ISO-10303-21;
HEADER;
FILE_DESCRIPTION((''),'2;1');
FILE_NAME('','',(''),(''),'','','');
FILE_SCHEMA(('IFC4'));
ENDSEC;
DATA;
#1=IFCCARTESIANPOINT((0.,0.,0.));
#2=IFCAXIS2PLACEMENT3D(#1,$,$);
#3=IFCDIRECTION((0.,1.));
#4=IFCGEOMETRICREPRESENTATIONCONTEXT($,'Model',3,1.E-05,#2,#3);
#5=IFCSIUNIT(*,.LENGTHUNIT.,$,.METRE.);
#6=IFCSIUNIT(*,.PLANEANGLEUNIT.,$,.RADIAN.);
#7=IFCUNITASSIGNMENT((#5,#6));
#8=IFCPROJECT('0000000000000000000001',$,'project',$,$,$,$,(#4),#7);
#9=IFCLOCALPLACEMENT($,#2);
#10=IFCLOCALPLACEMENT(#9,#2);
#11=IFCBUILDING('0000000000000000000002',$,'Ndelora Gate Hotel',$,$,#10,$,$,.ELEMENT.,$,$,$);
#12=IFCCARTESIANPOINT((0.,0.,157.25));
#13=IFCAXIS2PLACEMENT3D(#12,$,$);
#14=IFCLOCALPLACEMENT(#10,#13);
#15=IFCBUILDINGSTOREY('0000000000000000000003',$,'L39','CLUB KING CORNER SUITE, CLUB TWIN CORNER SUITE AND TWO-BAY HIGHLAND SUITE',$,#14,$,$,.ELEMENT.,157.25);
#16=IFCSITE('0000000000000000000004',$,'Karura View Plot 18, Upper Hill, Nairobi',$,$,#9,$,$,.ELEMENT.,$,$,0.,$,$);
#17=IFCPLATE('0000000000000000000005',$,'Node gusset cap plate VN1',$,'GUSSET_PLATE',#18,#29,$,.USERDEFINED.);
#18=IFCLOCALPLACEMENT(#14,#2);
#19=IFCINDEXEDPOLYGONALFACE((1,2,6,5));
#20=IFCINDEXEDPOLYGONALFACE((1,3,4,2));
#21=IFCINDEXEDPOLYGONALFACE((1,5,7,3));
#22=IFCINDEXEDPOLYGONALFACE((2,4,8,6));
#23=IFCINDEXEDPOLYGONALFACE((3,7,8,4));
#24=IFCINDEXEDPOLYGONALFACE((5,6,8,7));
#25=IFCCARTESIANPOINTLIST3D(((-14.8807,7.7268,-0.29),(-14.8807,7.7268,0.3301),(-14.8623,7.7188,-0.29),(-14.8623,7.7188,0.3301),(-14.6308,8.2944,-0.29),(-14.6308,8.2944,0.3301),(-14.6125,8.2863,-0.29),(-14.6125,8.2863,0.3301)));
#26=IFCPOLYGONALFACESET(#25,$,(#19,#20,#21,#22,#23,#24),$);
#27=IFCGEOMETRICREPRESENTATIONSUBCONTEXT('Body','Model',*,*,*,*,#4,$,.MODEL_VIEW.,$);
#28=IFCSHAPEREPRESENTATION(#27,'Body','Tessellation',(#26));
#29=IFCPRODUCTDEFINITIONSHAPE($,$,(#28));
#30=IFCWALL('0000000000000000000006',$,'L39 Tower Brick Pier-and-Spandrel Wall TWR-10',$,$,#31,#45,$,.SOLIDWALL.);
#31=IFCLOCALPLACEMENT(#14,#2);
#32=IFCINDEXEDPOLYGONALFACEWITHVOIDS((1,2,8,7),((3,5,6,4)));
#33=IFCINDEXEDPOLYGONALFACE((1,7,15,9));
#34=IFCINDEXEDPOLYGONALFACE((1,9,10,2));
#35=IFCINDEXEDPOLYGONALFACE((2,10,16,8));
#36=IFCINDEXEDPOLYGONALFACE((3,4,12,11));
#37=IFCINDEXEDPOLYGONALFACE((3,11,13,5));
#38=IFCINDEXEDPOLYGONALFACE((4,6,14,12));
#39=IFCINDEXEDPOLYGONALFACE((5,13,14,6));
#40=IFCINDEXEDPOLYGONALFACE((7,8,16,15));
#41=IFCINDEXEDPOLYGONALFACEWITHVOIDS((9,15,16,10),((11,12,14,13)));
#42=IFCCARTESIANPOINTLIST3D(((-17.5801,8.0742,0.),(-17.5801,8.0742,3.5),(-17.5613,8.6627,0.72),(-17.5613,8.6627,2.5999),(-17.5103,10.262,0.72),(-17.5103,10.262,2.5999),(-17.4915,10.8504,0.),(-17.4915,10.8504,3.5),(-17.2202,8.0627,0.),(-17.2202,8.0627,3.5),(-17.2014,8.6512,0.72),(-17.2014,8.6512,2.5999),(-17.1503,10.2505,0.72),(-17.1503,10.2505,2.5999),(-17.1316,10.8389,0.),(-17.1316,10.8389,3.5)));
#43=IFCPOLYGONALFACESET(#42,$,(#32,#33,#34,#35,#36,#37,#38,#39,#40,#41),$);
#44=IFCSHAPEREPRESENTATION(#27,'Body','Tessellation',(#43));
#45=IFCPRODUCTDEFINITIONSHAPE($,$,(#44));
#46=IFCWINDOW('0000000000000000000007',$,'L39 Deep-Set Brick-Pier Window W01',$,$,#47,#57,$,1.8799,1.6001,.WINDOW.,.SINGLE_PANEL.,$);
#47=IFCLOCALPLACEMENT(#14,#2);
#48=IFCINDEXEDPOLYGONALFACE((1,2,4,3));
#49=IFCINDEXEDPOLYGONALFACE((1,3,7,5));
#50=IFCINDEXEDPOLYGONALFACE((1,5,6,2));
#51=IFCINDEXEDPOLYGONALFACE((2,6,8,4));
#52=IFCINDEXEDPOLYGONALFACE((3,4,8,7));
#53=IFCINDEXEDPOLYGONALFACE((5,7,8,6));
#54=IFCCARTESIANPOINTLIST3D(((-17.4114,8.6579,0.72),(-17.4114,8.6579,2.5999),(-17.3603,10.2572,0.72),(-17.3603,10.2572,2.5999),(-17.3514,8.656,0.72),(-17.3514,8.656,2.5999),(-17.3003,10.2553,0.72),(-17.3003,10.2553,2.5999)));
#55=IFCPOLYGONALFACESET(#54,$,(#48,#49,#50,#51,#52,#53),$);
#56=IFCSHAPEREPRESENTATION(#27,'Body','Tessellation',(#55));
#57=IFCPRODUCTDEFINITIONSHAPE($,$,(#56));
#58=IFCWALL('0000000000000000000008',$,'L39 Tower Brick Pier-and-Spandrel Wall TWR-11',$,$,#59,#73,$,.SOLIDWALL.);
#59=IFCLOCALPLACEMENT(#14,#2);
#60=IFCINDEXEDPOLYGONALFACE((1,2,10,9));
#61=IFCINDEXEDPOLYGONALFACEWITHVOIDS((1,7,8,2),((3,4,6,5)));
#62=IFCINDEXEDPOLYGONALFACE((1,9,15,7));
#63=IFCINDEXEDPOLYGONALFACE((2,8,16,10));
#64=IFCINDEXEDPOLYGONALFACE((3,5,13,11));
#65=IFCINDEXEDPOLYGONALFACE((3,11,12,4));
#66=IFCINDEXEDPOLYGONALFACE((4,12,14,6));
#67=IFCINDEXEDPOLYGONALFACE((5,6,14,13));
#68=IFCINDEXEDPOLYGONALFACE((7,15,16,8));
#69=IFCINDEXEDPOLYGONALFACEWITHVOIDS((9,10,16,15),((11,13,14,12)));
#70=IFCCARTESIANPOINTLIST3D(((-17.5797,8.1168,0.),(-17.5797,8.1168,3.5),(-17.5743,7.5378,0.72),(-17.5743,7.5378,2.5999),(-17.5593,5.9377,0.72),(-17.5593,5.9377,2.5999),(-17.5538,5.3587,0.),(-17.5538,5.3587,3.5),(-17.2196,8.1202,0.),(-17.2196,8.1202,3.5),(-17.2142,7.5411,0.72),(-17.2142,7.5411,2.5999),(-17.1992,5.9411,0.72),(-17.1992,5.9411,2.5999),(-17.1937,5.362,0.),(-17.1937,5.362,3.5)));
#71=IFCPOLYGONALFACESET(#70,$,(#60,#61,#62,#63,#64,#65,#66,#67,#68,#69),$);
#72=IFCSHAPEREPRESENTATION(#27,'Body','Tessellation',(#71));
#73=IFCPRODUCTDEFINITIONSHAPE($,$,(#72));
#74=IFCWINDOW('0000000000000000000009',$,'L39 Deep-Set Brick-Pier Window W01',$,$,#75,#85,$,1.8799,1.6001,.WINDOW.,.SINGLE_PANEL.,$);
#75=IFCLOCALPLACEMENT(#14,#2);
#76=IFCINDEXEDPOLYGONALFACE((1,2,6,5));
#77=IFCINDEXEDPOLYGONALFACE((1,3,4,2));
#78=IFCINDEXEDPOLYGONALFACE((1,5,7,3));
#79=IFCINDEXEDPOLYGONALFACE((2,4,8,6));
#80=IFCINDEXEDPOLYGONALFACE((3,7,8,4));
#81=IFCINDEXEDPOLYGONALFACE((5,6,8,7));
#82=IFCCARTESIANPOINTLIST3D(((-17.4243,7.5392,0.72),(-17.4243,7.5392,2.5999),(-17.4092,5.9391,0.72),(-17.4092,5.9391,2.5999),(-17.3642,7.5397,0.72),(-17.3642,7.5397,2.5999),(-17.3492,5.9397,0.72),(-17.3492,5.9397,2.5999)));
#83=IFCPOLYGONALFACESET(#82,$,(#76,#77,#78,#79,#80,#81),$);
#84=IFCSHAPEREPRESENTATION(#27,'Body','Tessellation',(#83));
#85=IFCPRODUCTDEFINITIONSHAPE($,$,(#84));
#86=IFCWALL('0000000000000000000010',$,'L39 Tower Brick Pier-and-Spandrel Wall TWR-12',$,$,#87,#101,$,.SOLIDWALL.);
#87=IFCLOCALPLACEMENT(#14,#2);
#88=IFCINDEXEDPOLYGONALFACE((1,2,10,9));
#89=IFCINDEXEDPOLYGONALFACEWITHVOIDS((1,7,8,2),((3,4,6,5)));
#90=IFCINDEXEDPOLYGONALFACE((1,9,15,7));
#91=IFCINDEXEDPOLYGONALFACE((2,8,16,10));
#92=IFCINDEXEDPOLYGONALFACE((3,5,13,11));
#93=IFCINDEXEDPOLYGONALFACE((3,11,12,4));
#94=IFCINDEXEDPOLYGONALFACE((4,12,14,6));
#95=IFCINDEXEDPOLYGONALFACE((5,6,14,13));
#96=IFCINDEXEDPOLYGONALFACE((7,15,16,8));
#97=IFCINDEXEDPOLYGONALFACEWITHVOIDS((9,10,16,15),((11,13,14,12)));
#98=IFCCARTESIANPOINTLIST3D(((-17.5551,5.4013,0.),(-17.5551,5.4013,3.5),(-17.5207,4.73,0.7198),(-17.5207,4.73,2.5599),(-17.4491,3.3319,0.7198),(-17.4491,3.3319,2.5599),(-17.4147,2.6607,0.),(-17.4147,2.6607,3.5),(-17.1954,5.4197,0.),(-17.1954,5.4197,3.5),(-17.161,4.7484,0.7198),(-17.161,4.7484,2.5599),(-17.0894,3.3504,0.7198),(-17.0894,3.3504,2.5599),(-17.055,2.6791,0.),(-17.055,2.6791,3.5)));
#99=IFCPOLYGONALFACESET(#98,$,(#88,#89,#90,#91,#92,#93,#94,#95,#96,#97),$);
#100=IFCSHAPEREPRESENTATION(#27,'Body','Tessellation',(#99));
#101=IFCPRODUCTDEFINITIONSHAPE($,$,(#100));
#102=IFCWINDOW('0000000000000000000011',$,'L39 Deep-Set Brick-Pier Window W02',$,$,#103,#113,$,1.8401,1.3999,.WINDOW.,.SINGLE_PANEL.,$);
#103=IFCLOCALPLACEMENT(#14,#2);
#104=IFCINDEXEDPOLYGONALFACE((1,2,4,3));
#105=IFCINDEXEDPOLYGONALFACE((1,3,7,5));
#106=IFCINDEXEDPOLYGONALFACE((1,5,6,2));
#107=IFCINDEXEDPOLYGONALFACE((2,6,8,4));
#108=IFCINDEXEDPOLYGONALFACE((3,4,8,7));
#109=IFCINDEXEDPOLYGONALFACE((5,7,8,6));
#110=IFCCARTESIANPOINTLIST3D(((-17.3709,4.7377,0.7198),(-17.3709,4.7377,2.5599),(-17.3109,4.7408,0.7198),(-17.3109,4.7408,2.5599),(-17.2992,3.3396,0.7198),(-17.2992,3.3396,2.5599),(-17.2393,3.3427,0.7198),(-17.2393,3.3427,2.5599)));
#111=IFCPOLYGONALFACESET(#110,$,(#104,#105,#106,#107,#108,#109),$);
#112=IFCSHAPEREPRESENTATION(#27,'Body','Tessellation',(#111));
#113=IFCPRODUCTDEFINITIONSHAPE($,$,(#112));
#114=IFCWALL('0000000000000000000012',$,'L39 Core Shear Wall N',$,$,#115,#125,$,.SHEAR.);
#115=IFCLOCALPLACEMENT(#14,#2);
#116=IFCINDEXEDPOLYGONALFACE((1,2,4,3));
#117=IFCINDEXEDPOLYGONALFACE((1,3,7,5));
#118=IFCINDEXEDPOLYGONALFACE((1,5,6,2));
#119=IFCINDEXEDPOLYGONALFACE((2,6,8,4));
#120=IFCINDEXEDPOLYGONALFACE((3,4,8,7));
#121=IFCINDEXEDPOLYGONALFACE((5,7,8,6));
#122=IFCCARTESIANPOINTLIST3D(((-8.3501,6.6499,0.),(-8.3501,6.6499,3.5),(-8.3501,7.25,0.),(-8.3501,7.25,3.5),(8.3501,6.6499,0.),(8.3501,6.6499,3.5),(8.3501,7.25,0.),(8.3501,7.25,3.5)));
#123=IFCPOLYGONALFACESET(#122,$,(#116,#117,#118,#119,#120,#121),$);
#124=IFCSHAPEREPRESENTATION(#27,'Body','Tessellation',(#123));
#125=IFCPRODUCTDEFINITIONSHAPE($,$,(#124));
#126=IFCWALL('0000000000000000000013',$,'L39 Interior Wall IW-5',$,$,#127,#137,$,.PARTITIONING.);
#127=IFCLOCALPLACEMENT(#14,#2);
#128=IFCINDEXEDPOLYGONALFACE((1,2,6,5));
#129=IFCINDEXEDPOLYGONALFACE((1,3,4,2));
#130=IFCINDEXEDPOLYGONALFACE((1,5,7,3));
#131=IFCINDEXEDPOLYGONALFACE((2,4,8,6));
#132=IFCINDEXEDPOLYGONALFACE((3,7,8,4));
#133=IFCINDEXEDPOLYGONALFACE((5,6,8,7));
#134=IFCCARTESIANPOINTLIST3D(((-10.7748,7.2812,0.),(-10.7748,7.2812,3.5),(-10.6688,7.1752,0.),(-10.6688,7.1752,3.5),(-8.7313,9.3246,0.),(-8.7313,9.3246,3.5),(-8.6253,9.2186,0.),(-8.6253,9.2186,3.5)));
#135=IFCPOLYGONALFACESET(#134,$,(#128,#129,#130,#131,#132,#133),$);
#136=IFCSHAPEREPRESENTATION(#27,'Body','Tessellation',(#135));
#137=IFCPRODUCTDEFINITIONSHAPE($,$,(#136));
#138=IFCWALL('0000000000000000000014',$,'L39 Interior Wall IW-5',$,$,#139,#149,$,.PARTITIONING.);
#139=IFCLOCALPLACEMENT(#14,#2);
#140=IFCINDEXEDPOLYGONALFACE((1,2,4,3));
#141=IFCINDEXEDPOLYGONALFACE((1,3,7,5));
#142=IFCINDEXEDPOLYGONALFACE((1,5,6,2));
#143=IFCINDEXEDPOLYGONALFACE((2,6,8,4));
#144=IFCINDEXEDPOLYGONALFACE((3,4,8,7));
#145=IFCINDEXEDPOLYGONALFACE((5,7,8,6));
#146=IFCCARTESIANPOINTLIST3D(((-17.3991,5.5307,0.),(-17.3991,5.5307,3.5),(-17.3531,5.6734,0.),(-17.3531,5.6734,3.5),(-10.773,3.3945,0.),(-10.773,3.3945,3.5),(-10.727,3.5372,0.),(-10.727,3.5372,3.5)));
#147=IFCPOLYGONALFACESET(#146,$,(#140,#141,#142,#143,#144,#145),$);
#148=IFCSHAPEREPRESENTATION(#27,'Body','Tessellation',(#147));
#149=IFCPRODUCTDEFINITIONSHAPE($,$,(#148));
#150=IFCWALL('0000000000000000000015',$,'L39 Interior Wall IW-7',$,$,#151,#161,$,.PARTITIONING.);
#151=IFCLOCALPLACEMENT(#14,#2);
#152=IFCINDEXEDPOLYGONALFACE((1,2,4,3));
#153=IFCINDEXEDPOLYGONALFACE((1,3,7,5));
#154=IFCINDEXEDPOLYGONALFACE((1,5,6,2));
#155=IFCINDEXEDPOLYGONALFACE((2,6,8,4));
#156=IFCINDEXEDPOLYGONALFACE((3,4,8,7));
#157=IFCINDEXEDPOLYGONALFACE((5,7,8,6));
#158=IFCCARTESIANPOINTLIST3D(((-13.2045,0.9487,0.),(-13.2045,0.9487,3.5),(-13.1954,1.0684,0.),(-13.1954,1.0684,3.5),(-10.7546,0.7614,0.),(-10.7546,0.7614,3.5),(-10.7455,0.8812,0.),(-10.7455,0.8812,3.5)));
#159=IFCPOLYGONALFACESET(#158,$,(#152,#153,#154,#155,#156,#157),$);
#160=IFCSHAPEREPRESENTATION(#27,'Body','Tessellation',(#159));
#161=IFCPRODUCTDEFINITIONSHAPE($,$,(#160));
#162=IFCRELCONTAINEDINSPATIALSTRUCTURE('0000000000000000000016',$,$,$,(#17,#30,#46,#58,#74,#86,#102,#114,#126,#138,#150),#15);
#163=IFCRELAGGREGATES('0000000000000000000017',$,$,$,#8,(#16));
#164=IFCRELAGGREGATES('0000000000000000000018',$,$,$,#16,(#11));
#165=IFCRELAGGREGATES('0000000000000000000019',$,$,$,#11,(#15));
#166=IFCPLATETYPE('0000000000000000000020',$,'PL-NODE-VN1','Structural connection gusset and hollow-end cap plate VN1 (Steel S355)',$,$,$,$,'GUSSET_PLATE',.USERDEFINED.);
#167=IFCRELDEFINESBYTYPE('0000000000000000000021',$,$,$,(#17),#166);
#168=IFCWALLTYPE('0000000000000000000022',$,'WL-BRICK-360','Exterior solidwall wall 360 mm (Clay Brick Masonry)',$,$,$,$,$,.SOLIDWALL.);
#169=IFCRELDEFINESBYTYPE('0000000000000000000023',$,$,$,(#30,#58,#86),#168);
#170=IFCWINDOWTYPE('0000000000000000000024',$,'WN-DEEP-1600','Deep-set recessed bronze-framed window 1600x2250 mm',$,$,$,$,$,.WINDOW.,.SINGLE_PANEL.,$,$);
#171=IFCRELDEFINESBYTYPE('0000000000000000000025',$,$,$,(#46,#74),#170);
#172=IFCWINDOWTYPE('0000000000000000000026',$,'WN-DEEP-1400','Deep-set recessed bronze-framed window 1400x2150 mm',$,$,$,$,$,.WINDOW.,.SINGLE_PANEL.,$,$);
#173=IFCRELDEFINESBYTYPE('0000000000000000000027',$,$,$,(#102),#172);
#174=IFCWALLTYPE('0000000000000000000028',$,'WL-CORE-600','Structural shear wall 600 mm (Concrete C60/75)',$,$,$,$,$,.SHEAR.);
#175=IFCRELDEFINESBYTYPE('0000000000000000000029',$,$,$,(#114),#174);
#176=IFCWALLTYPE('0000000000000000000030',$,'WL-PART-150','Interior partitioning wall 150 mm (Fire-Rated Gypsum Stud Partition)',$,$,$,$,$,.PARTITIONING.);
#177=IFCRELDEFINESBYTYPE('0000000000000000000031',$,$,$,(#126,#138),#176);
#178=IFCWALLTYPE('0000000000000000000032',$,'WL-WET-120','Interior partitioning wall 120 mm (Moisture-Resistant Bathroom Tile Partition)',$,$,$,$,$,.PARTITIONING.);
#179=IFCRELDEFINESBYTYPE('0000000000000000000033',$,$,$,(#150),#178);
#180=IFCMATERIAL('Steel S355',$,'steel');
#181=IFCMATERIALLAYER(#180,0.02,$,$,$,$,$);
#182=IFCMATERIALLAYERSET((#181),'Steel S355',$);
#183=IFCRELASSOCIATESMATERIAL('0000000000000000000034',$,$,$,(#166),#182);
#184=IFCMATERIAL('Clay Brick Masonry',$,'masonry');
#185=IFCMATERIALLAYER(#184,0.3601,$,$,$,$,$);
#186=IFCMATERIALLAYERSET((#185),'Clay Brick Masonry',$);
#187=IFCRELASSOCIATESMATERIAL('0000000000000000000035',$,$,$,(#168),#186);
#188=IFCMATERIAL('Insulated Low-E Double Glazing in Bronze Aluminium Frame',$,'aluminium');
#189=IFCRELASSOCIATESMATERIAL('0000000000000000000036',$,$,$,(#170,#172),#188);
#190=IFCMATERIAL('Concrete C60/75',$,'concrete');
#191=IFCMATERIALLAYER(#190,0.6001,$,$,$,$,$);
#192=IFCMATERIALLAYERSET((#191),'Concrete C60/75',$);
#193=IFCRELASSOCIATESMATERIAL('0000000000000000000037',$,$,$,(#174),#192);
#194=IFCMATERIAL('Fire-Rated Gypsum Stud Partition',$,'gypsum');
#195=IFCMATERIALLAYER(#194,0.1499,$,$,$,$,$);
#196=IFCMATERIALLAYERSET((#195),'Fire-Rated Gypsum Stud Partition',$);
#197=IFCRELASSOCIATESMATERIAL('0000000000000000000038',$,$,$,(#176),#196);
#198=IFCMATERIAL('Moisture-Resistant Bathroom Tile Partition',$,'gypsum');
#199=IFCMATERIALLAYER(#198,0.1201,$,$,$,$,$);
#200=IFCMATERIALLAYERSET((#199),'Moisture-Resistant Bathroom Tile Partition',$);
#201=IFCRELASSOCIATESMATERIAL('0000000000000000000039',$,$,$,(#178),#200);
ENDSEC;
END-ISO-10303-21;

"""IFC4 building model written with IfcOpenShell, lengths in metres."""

from ifc_helpers import new_model, si_unit, direction, frame, frame_2d, origin, origin_2d, place, context, subcontext, project, spatial, rectangle, extrude, material, layer, layer_set, type_object, element, fill, save


model = new_model("IFC4")

# Units and contexts
model_context = context("Model", 3, precision=1e-05, world=origin(), true_north=direction((0.0, 1.0)))
body_context = subcontext(model_context, "Body", "Model", "MODEL_VIEW")
ifc_project = project(units=[si_unit("LENGTHUNIT", "METRE"), si_unit("PLANEANGLEUNIT", "RADIAN")], contexts=[model_context])

# Site, building, storey
site_placement = place(None, origin())
site = spatial("IfcSite", under=ifc_project, at=site_placement, Name="Karura View Plot 18, Upper Hill, Nairobi", CompositionType="ELEMENT", RefElevation=0.0)
building_placement = place(site_placement, origin())
building = spatial("IfcBuilding", under=site, at=building_placement, Name="Ndelora Gate Hotel", CompositionType="ELEMENT")
storey_placement = place(building_placement, frame((0.0, 0.0, 157.25)))
storey = spatial("IfcBuildingStorey", under=building, at=storey_placement, Name="L39", Description="CLUB KING CORNER SUITE, CLUB TWIN CORNER SUITE AND TWO-BAY HIGHLAND SUITE", CompositionType="ELEMENT", Elevation=157.25)

# Shared definitions
ifc_material_1 = material(Name="Concrete C60/75", Category="concrete")

# Shared definitions
ifc_material_2 = material(Name="Steel S355", Category="steel")

# Plate
ifc_layer_1 = layer(ifc_material_2, 0.02)
ifc_layer_set_1 = layer_set([ifc_layer_1], Name="Steel S355")
plate_type = type_object("IfcPlateType", Name="PL-NODE-VN1", Description="Structural connection gusset and hollow-end cap plate VN1 (Steel S355)", ElementType="GUSSET_PLATE", PredefinedType="USERDEFINED", material=ifc_layer_set_1)
plate_placement = place(storey_placement, frame((-14.7466, 8.0066, -0.29), z_axis=(0.0, 0.0, 1.0), x_axis=(0.402906, 0.915241, 0.0)))
element("IfcPlate", 1, at=plate_placement, inside=storey, type_object=plate_type, Name="Node gusset cap plate VN1", ObjectType="GUSSET_PLATE", PredefinedType="USERDEFINED", context=body_context, shape_type="SweptSolid", body=[
    extrude(rectangle(XDim=0.6201, YDim=0.02, at=origin_2d()), origin(), (0.0, 0.0, 1.0), 0.6201),
])

# Walls, openings, windows
ifc_material_3 = material(Name="Clay Brick Masonry", Category="masonry")
ifc_layer_2 = layer(ifc_material_3, 0.3601)
ifc_layer_set_2 = layer_set([ifc_layer_2], Name="Clay Brick Masonry")
wall_type_1 = type_object("IfcWallType", Name="WL-BRICK-360", Description="Exterior solidwall wall 360 mm (Clay Brick Masonry)", PredefinedType="SOLIDWALL", material=ifc_layer_set_2)
wall_1_placement = place(storey_placement, frame((-17.4001, 8.0686, 0.0), z_axis=(0.0, 0.0, 1.0), x_axis=(0.031907, 0.999491, 0.0)))
wall_1 = element("IfcWall", 2, at=wall_1_placement, inside=storey, type_object=wall_type_1, Name="L39 Tower Brick Pier-and-Spandrel Wall TWR-10", PredefinedType="SOLIDWALL", context=body_context, shape_type="SweptSolid", body=[
    extrude(rectangle(XDim=2.7776, YDim=0.3601, at=frame_2d((1.3887, 0.0))), origin(), (0.0, 0.0, 1.0), 3.5),
])
opening_1_placement = place(wall_1_placement, frame((0.5886, 0.0, 0.72)))
opening_1 = element("IfcOpeningElement", 3, at=opening_1_placement, cuts=wall_1, PredefinedType="OPENING", context=body_context, shape_type="SweptSolid", body=[
    extrude(rectangle(XDim=1.6001, YDim=1.8799, at=frame_2d((0.8, 0.9399))), frame((0.0, 0.1899, 0.0), z_axis=(0.0, -1.0, 0.0), x_axis=(1.0, 0.0, 0.0)), (0.0, 0.0, 1.0), 0.3801),
])
ifc_material_4 = material(Name="Insulated Low-E Double Glazing in Bronze Aluminium Frame", Category="aluminium")
window_type_1 = type_object("IfcWindowType", Name="WN-DEEP-1600", Description="Deep-set recessed bronze-framed window 1600x2250 mm", PartitioningType="SINGLE_PANEL", PredefinedType="WINDOW", material=ifc_material_4)
window_1_placement = place(opening_1_placement, origin())
window_1 = element("IfcWindow", 4, at=window_1_placement, inside=storey, type_object=window_type_1, Name="L39 Deep-Set Brick-Pier Window W01", OverallHeight=1.8799, OverallWidth=1.6001, PartitioningType="SINGLE_PANEL", PredefinedType="WINDOW", context=body_context, shape_type="SweptSolid", body=[
    extrude(rectangle(XDim=1.6001, YDim=1.8799, at=frame_2d((0.8, 0.9399))), frame((0.0, 0.03, 0.0), z_axis=(0.0, -1.0, 0.0), x_axis=(1.0, 0.0, 0.0)), (0.0, 0.0, 1.0), 0.0601),
])
fill(opening_1, window_1)
wall_2_placement = place(storey_placement, frame((-17.3738, 5.3604, 0.0), z_axis=(0.0, 0.0, 1.0), x_axis=(-0.009382, 0.999956, 0.0)))
wall_2 = element("IfcWall", 5, at=wall_2_placement, inside=storey, type_object=wall_type_1, Name="L39 Tower Brick Pier-and-Spandrel Wall TWR-11", PredefinedType="SOLIDWALL", context=body_context, shape_type="SweptSolid", body=[
    extrude(rectangle(XDim=2.7583, YDim=0.3601, at=frame_2d((1.3792, 0.0))), origin(), (0.0, 0.0, 1.0), 3.5),
])
opening_2_placement = place(wall_2_placement, frame((0.5791, 0.0, 0.72)))
opening_2 = element("IfcOpeningElement", 6, at=opening_2_placement, cuts=wall_2, PredefinedType="OPENING", context=body_context, shape_type="SweptSolid", body=[
    extrude(rectangle(XDim=1.6001, YDim=1.8799, at=frame_2d((0.8, 0.9399))), frame((0.0, 0.1899, 0.0), z_axis=(0.0, -1.0, 0.0), x_axis=(1.0, 0.0, 0.0)), (0.0, 0.0, 1.0), 0.3801),
])
window_2_placement = place(opening_2_placement, origin())
window_2 = element("IfcWindow", 7, at=window_2_placement, inside=storey, type_object=window_type_1, Name="L39 Deep-Set Brick-Pier Window W01", OverallHeight=1.8799, OverallWidth=1.6001, PartitioningType="SINGLE_PANEL", PredefinedType="WINDOW", context=body_context, shape_type="SweptSolid", body=[
    extrude(rectangle(XDim=1.6001, YDim=1.8799, at=frame_2d((0.8, 0.9399))), frame((0.0, 0.03, 0.0), z_axis=(0.0, -1.0, 0.0), x_axis=(1.0, 0.0, 0.0)), (0.0, 0.0, 1.0), 0.0601),
])
fill(opening_2, window_2)
wall_3_placement = place(storey_placement, frame((-17.2349, 2.6699, 0.0), z_axis=(0.0, 0.0, 1.0), x_axis=(-0.051158, 0.998691, 0.0)))
wall_3 = element("IfcWall", 8, at=wall_3_placement, inside=storey, type_object=wall_type_1, Name="L39 Tower Brick Pier-and-Spandrel Wall TWR-12", PredefinedType="SOLIDWALL", context=body_context, shape_type="SweptSolid", body=[
    extrude(rectangle(XDim=2.7441, YDim=0.3601, at=frame_2d((1.3721, 0.0))), origin(), (0.0, 0.0, 1.0), 3.5),
])
opening_3_placement = place(wall_3_placement, frame((0.6721, 0.0, 0.72)))
opening_3 = element("IfcOpeningElement", 9, at=opening_3_placement, cuts=wall_3, PredefinedType="OPENING", context=body_context, shape_type="SweptSolid", body=[
    extrude(rectangle(XDim=1.3999, YDim=1.8401, at=frame_2d((0.7, 0.9199))), frame((0.0, 0.1899, 0.0), z_axis=(0.0, -1.0, 0.0), x_axis=(1.0, 0.0, 0.0)), (0.0, 0.0, 1.0), 0.3801),
])
window_type_2 = type_object("IfcWindowType", Name="WN-DEEP-1400", Description="Deep-set recessed bronze-framed window 1400x2150 mm", PartitioningType="SINGLE_PANEL", PredefinedType="WINDOW", material=ifc_material_4)
window_3_placement = place(opening_3_placement, origin())
window_3 = element("IfcWindow", 10, at=window_3_placement, inside=storey, type_object=window_type_2, Name="L39 Deep-Set Brick-Pier Window W02", OverallHeight=1.8401, OverallWidth=1.3999, PartitioningType="SINGLE_PANEL", PredefinedType="WINDOW", context=body_context, shape_type="SweptSolid", body=[
    extrude(rectangle(XDim=1.3999, YDim=1.8401, at=frame_2d((0.7, 0.9199))), frame((0.0, 0.03, 0.0), z_axis=(0.0, -1.0, 0.0), x_axis=(1.0, 0.0, 0.0)), (0.0, 0.0, 1.0), 0.0601),
])
fill(opening_3, window_3)

# Wall
ifc_layer_3 = layer(ifc_material_1, 0.6001)
ifc_layer_set_3 = layer_set([ifc_layer_3], Name="Concrete C60/75")
wall_type_2 = type_object("IfcWallType", Name="WL-CORE-600", Description="Structural shear wall 600 mm (Concrete C60/75)", PredefinedType="SHEAR", material=ifc_layer_set_3)
wall_4_placement = place(storey_placement, frame((-8.3501, 6.95, 0.0), z_axis=(0.0, 0.0, 1.0), x_axis=(1.0, 0.0, 0.0)))
element("IfcWall", 11, at=wall_4_placement, inside=storey, type_object=wall_type_2, Name="L39 Core Shear Wall N", PredefinedType="SHEAR", context=body_context, shape_type="SweptSolid", body=[
    extrude(rectangle(XDim=16.7002, YDim=0.6001, at=frame_2d((8.3501, 0.0))), origin(), (0.0, 0.0, 1.0), 3.5),
])

# Walls
ifc_material_5 = material(Name="Fire-Rated Gypsum Stud Partition", Category="gypsum")
ifc_layer_4 = layer(ifc_material_5, 0.1499)
ifc_layer_set_4 = layer_set([ifc_layer_4], Name="Fire-Rated Gypsum Stud Partition")
wall_type_3 = type_object("IfcWallType", Name="WL-PART-150", Description="Interior partitioning wall 150 mm (Fire-Rated Gypsum Stud Partition)", PredefinedType="PARTITIONING", material=ifc_layer_set_4)
wall_5_placement = place(storey_placement, frame((-10.7217, 7.2283, 0.0), z_axis=(0.0, 0.0, 1.0), x_axis=(0.707107, 0.707107, 0.0)))
element("IfcWall", 12, at=wall_5_placement, inside=storey, type_object=wall_type_3, Name="L39 Interior Wall IW-5", PredefinedType="PARTITIONING", context=body_context, shape_type="SweptSolid", body=[
    extrude(rectangle(XDim=2.8899, YDim=0.1499, at=frame_2d((1.4448, 0.0))), origin(), (0.0, 0.0, 1.0), 3.5),
])
wall_6_placement = place(storey_placement, frame((-10.75, 3.4658, 0.0), z_axis=(0.0, 0.0, 1.0), x_axis=(-0.951758, 0.306849, 0.0)))
element("IfcWall", 13, at=wall_6_placement, inside=storey, type_object=wall_type_3, Name="L39 Interior Wall IW-5", PredefinedType="PARTITIONING", context=body_context, shape_type="SweptSolid", body=[
    extrude(rectangle(XDim=6.9619, YDim=0.1499, at=frame_2d((3.481, 0.0))), origin(), (0.0, 0.0, 1.0), 3.5),
])
ifc_material_6 = material(Name="Moisture-Resistant Bathroom Tile Partition", Category="gypsum")
ifc_layer_5 = layer(ifc_material_6, 0.1201)
ifc_layer_set_5 = layer_set([ifc_layer_5], Name="Moisture-Resistant Bathroom Tile Partition")
wall_type_4 = type_object("IfcWallType", Name="WL-WET-120", Description="Interior partitioning wall 120 mm (Moisture-Resistant Bathroom Tile Partition)", PredefinedType="PARTITIONING", material=ifc_layer_set_5)
wall_7_placement = place(storey_placement, frame((-13.2, 1.0085, 0.0), z_axis=(0.0, 0.0, 1.0), x_axis=(0.997092, -0.07621, 0.0)))
element("IfcWall", 14, at=wall_7_placement, inside=storey, type_object=wall_type_4, Name="L39 Interior Wall IW-7", PredefinedType="PARTITIONING", context=body_context, shape_type="SweptSolid", body=[
    extrude(rectangle(XDim=2.457, YDim=0.1201, at=frame_2d((1.2285, 0.0))), origin(), (0.0, 0.0, 1.0), 3.5),
])

save(model, "model.ifc")
